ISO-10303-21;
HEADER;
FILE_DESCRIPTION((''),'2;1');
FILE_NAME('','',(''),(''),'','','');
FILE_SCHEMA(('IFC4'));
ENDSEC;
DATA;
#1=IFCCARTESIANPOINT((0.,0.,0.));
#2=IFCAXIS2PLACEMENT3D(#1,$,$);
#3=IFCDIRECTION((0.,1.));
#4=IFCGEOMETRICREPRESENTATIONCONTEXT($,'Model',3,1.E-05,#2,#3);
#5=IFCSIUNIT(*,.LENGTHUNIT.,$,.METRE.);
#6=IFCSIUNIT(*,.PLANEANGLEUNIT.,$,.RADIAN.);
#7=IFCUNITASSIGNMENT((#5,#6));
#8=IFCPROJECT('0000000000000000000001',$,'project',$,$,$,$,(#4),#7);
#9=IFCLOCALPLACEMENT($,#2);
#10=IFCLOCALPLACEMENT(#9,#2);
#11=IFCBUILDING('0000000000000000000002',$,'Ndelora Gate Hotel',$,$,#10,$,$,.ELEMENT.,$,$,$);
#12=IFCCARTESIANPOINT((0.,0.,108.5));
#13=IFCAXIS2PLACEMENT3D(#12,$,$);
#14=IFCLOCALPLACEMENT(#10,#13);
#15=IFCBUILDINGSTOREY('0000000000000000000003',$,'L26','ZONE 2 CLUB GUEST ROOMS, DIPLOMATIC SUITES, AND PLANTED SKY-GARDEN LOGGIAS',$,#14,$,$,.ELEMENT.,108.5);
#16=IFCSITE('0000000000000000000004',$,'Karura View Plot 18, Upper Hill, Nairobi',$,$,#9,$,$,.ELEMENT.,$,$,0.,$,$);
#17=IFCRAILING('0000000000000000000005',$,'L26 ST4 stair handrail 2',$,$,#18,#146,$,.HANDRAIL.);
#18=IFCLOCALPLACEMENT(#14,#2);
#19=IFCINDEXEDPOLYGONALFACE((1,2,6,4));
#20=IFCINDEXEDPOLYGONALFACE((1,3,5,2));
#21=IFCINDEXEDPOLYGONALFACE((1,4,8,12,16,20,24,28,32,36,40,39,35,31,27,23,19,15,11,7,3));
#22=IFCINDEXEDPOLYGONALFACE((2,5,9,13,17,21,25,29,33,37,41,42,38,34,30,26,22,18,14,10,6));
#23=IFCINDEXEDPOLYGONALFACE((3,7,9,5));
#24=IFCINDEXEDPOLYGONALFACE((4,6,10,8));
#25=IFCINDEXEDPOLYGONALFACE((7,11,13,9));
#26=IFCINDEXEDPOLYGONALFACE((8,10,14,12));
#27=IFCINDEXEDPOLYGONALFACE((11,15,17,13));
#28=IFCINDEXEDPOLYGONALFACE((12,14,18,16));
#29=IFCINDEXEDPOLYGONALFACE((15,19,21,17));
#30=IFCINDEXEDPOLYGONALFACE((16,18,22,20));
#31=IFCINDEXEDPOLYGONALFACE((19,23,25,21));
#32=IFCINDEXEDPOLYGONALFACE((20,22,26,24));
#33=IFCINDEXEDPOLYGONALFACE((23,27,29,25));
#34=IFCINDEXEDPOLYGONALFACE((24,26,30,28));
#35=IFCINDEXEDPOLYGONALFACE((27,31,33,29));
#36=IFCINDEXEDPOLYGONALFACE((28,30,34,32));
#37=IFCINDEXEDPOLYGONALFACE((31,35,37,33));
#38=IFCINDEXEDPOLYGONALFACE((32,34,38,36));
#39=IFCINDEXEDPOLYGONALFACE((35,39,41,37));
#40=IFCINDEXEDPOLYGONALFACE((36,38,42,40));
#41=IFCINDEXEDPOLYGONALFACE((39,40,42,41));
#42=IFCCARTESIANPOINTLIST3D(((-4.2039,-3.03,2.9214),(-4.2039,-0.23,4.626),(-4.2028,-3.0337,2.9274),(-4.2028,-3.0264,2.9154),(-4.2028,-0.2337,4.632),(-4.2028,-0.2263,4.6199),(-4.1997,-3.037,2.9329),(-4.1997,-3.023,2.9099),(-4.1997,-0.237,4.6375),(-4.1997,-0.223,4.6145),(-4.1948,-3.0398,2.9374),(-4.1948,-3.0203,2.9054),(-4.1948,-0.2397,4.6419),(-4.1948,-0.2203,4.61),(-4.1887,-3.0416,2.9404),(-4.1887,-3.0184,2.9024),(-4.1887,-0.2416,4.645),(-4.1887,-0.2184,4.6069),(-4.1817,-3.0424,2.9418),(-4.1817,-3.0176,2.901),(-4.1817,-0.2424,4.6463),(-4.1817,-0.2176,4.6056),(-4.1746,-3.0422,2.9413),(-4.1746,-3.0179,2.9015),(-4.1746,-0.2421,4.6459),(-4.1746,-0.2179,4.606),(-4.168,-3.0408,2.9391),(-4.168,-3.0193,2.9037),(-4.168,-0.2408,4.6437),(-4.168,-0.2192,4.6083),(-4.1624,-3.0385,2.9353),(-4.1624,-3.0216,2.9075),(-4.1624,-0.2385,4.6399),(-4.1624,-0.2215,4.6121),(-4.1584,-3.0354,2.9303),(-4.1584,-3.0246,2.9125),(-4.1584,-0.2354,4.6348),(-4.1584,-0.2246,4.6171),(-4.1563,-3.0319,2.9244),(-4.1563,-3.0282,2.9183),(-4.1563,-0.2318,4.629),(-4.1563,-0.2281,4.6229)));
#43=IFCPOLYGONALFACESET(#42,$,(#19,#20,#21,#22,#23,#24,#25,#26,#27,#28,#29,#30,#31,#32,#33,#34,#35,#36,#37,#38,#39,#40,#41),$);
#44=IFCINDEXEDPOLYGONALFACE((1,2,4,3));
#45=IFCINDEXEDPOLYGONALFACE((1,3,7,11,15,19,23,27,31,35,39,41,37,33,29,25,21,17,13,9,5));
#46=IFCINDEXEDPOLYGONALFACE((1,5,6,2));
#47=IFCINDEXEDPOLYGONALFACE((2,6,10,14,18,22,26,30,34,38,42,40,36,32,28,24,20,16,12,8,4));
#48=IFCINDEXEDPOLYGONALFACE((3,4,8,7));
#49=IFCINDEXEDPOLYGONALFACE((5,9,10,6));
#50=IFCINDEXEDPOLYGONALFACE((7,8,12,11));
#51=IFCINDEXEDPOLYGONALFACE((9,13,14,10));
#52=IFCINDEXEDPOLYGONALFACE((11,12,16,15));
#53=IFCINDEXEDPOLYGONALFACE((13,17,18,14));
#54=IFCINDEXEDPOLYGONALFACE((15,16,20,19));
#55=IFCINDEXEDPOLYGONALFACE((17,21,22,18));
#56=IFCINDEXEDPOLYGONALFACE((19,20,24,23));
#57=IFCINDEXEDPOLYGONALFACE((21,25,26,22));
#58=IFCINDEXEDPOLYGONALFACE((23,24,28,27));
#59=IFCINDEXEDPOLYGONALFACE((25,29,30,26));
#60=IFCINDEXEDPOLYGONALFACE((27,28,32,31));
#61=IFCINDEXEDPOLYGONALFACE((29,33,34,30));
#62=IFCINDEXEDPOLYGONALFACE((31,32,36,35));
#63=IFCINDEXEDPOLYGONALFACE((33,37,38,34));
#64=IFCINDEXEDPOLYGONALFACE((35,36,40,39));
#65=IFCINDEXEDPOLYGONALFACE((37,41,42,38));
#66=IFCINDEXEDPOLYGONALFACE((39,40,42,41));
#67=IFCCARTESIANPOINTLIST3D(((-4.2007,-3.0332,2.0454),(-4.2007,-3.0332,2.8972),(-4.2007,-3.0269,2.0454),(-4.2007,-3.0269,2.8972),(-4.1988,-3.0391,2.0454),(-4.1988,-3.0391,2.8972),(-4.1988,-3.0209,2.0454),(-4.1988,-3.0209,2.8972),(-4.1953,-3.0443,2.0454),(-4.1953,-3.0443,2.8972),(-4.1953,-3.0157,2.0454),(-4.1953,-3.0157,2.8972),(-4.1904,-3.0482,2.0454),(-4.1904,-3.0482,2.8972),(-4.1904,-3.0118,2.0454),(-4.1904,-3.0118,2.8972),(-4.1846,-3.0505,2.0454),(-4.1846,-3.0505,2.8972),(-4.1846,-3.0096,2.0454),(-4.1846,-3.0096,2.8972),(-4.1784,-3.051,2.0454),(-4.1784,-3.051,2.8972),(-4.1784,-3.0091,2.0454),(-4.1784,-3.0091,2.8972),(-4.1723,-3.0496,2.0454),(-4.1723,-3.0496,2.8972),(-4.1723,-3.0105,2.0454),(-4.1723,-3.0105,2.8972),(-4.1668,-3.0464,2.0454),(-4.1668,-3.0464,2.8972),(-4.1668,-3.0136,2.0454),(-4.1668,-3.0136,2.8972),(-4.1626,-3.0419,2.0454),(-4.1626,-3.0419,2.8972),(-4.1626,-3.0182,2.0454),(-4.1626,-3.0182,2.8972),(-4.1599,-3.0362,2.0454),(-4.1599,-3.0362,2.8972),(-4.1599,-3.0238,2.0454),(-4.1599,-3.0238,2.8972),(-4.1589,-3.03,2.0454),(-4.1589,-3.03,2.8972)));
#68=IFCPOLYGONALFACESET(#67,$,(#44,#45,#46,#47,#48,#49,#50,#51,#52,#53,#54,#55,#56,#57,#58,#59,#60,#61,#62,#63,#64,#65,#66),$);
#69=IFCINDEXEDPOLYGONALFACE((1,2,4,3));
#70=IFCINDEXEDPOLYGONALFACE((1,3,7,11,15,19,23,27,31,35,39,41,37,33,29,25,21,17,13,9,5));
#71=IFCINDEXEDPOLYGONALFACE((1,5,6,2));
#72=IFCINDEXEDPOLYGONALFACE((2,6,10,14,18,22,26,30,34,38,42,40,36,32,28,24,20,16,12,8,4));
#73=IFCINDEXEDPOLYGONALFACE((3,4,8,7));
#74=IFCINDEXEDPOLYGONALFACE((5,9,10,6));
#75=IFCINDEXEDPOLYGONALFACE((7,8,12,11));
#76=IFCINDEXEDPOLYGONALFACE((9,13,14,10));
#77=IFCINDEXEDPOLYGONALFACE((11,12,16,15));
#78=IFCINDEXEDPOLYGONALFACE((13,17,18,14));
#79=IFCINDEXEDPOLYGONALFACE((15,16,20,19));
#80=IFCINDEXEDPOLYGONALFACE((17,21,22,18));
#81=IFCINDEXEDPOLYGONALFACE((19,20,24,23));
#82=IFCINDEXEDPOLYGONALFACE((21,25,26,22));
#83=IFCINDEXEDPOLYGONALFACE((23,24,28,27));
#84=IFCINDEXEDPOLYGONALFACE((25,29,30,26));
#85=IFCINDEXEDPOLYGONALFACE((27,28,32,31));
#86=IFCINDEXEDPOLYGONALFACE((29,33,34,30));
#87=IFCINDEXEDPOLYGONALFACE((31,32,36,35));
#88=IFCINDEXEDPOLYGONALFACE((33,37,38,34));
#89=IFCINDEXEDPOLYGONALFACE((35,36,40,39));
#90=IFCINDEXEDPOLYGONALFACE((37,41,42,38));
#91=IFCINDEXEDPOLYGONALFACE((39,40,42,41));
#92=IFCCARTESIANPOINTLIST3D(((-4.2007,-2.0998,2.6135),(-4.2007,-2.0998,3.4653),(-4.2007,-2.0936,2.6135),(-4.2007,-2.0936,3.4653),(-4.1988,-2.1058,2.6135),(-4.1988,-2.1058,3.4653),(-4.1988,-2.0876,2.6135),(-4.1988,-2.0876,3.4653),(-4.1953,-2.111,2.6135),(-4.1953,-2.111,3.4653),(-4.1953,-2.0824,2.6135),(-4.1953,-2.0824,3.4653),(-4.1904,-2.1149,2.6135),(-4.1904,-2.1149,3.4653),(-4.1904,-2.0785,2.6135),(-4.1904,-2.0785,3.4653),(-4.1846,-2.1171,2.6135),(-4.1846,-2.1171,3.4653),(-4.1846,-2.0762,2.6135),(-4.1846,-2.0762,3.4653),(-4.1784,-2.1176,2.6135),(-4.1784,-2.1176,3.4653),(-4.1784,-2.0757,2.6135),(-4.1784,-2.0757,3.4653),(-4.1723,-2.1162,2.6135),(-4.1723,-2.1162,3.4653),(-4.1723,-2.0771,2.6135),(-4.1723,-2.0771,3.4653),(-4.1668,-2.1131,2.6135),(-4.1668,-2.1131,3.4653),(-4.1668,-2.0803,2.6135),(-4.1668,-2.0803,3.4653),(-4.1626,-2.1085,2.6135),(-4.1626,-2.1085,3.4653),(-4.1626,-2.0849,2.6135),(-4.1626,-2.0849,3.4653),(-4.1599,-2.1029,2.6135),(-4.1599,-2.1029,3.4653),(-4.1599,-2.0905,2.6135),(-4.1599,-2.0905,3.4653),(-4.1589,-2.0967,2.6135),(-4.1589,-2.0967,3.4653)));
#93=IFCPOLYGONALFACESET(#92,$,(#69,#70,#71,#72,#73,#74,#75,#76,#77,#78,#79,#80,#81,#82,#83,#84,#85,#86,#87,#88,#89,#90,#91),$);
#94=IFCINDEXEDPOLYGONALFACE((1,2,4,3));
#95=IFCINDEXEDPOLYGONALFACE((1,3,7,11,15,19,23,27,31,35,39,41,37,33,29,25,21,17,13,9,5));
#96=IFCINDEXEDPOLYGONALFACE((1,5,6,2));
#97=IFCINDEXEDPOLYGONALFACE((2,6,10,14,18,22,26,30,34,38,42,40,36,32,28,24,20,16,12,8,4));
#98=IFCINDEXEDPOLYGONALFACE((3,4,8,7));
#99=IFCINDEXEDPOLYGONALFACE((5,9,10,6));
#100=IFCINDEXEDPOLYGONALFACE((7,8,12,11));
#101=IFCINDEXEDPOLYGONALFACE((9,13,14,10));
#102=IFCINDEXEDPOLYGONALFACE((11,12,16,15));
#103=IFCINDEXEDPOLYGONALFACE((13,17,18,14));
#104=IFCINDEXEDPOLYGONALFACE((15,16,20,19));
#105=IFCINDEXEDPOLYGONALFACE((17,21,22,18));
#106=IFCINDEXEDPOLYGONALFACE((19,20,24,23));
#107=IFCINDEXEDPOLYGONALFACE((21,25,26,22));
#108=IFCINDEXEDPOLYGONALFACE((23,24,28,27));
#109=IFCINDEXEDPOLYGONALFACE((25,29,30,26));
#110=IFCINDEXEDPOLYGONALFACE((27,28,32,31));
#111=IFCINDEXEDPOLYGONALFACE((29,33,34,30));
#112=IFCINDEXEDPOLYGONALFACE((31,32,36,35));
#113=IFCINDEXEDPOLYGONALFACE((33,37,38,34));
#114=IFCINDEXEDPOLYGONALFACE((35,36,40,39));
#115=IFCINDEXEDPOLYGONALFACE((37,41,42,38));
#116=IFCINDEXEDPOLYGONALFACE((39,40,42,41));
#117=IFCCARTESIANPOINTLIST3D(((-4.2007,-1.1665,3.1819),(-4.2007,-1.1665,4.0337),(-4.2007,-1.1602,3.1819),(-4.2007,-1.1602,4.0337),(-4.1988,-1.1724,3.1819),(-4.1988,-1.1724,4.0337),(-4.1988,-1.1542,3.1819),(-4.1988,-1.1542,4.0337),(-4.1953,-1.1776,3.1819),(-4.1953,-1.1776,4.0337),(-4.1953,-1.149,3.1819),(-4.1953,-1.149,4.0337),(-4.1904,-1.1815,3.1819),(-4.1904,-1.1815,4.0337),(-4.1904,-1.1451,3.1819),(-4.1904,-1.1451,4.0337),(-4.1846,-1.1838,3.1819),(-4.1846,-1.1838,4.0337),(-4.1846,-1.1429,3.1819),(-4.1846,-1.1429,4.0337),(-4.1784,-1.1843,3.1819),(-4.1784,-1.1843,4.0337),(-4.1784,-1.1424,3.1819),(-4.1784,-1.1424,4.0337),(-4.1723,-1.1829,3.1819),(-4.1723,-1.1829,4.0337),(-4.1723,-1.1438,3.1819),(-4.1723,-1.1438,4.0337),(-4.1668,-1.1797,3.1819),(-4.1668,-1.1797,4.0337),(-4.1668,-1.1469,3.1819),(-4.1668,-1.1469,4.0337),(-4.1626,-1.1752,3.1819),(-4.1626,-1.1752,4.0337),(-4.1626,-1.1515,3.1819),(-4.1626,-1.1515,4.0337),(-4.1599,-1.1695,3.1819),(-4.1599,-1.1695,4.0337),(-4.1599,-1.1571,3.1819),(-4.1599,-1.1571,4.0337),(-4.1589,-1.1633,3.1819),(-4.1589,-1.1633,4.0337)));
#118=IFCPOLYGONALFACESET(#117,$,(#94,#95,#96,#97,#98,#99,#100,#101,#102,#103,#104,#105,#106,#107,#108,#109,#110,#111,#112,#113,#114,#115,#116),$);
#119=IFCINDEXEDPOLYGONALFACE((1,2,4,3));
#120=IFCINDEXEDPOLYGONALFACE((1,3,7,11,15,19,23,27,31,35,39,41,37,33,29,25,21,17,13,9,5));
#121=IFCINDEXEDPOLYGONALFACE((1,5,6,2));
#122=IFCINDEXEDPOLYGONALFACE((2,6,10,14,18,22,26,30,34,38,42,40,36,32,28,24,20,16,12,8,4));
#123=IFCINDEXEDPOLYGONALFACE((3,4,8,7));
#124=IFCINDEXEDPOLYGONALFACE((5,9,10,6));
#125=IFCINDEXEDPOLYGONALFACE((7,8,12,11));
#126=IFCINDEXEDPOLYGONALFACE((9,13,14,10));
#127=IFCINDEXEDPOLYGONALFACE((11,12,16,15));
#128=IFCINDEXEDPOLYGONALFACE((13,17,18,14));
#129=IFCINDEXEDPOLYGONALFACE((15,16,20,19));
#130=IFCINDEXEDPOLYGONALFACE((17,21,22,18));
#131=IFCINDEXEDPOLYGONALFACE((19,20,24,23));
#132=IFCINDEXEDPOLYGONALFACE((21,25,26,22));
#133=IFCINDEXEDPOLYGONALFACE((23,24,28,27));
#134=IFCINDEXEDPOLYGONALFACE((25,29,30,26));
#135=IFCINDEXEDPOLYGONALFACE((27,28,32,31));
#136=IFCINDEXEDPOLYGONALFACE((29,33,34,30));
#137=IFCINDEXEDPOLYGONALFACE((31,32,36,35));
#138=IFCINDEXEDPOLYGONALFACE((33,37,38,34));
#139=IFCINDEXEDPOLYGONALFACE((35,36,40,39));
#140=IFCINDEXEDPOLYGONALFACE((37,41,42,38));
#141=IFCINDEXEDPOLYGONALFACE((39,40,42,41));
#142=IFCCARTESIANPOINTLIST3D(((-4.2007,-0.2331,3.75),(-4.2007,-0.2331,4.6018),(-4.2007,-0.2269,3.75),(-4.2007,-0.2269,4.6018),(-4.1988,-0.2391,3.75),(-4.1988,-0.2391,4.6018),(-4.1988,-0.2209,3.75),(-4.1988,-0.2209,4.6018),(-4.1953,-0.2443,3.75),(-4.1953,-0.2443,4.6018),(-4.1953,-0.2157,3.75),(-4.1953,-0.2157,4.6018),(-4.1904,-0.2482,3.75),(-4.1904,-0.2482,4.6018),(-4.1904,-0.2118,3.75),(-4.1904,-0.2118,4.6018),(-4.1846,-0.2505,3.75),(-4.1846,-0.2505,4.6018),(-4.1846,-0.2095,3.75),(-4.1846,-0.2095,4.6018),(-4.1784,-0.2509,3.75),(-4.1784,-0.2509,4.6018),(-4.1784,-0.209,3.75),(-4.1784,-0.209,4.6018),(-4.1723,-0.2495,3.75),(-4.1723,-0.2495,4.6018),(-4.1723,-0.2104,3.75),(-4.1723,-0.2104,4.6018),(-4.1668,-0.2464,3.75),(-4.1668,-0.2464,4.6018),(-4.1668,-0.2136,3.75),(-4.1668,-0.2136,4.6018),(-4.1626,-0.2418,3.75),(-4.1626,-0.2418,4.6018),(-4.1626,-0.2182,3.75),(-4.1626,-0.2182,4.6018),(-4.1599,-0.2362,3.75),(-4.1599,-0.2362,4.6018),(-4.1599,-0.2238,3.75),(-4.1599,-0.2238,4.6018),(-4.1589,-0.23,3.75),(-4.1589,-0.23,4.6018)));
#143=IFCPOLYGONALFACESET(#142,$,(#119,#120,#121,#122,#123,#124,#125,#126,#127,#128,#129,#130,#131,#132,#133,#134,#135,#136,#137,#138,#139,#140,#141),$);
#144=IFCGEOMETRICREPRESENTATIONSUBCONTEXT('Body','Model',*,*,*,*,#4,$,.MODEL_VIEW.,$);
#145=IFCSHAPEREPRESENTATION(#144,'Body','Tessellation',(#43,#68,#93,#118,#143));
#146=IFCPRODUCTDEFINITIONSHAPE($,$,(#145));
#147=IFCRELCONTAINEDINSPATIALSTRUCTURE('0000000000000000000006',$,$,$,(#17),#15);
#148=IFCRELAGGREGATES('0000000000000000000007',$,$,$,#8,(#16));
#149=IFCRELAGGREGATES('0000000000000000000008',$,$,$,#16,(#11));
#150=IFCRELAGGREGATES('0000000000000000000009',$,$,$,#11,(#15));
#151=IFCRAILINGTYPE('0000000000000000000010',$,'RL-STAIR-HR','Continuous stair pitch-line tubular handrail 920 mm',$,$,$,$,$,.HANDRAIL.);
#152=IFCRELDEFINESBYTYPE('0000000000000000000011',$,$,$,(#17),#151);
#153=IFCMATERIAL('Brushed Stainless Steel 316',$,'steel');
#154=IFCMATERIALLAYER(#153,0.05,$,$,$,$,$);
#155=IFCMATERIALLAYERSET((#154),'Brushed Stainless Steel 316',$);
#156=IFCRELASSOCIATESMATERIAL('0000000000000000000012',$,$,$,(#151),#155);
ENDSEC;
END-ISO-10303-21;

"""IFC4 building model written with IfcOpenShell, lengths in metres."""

from ifc_helpers import new_model, si_unit, direction, frame, origin, origin_2d, place, context, subcontext, project, spatial, circle, extrude, material, layer, layer_set, type_object, element, save


model = new_model("IFC4")

# Units and contexts
model_context = context("Model", 3, precision=1e-05, world=origin(), true_north=direction((0.0, 1.0)))
body_context = subcontext(model_context, "Body", "Model", "MODEL_VIEW")
ifc_project = project(units=[si_unit("LENGTHUNIT", "METRE"), si_unit("PLANEANGLEUNIT", "RADIAN")], contexts=[model_context])

# Site, building, storey
site_placement = place(None, origin())
site = spatial("IfcSite", under=ifc_project, at=site_placement, Name="Karura View Plot 18, Upper Hill, Nairobi", CompositionType="ELEMENT", RefElevation=0.0)
building_placement = place(site_placement, origin())
building = spatial("IfcBuilding", under=site, at=building_placement, Name="Ndelora Gate Hotel", CompositionType="ELEMENT")
storey_placement = place(building_placement, frame((0.0, 0.0, 108.5)))
storey = spatial("IfcBuildingStorey", under=building, at=storey_placement, Name="L26", Description="ZONE 2 CLUB GUEST ROOMS, DIPLOMATIC SUITES, AND PLANTED SKY-GARDEN LOGGIAS", CompositionType="ELEMENT", Elevation=108.5)

# Railing
ifc_material_1 = material(Name="Brushed Stainless Steel 316", Category="steel")
ifc_layer_1 = layer(ifc_material_1, 0.05)
ifc_layer_set_1 = layer_set([ifc_layer_1], Name="Brushed Stainless Steel 316")
railing_type_1 = type_object("IfcRailingType", Name="RL-STAIR-HR", Description="Continuous stair pitch-line tubular handrail 920 mm", PredefinedType="HANDRAIL", material=ifc_layer_set_1)
railing_1_placement = place(storey_placement, frame((-4.1799, -3.03, 2.0454)))
element("IfcRailing", 1, at=railing_1_placement, inside=storey, type_object=railing_type_1, Name="L26 ST4 stair handrail 2", PredefinedType="HANDRAIL", context=body_context, shape_type="SweptSolid", body=[
    extrude(circle(Radius=0.0239, at=origin_2d()), frame((0.0, 0.0, 0.876), z_axis=(0.0, 0.85417, 0.519994), x_axis=(-1.0, 0.0, 0.0)), (0.0, 0.0, 1.0), 3.2781),
    extrude(circle(Radius=0.021, at=origin_2d()), origin(), (0.0, 0.0, 1.0), 0.8518),
    extrude(circle(Radius=0.021, at=origin_2d()), frame((0.0, 0.9333, 0.5681)), (0.0, 0.0, 1.0), 0.8518),
    extrude(circle(Radius=0.021, at=origin_2d()), frame((0.0, 1.8667, 1.1365)), (0.0, 0.0, 1.0), 0.8518),
    extrude(circle(Radius=0.021, at=origin_2d()), frame((0.0, 2.8, 1.7046)), (0.0, 0.0, 1.0), 0.8518),
])

save(model, "model.ifc")
